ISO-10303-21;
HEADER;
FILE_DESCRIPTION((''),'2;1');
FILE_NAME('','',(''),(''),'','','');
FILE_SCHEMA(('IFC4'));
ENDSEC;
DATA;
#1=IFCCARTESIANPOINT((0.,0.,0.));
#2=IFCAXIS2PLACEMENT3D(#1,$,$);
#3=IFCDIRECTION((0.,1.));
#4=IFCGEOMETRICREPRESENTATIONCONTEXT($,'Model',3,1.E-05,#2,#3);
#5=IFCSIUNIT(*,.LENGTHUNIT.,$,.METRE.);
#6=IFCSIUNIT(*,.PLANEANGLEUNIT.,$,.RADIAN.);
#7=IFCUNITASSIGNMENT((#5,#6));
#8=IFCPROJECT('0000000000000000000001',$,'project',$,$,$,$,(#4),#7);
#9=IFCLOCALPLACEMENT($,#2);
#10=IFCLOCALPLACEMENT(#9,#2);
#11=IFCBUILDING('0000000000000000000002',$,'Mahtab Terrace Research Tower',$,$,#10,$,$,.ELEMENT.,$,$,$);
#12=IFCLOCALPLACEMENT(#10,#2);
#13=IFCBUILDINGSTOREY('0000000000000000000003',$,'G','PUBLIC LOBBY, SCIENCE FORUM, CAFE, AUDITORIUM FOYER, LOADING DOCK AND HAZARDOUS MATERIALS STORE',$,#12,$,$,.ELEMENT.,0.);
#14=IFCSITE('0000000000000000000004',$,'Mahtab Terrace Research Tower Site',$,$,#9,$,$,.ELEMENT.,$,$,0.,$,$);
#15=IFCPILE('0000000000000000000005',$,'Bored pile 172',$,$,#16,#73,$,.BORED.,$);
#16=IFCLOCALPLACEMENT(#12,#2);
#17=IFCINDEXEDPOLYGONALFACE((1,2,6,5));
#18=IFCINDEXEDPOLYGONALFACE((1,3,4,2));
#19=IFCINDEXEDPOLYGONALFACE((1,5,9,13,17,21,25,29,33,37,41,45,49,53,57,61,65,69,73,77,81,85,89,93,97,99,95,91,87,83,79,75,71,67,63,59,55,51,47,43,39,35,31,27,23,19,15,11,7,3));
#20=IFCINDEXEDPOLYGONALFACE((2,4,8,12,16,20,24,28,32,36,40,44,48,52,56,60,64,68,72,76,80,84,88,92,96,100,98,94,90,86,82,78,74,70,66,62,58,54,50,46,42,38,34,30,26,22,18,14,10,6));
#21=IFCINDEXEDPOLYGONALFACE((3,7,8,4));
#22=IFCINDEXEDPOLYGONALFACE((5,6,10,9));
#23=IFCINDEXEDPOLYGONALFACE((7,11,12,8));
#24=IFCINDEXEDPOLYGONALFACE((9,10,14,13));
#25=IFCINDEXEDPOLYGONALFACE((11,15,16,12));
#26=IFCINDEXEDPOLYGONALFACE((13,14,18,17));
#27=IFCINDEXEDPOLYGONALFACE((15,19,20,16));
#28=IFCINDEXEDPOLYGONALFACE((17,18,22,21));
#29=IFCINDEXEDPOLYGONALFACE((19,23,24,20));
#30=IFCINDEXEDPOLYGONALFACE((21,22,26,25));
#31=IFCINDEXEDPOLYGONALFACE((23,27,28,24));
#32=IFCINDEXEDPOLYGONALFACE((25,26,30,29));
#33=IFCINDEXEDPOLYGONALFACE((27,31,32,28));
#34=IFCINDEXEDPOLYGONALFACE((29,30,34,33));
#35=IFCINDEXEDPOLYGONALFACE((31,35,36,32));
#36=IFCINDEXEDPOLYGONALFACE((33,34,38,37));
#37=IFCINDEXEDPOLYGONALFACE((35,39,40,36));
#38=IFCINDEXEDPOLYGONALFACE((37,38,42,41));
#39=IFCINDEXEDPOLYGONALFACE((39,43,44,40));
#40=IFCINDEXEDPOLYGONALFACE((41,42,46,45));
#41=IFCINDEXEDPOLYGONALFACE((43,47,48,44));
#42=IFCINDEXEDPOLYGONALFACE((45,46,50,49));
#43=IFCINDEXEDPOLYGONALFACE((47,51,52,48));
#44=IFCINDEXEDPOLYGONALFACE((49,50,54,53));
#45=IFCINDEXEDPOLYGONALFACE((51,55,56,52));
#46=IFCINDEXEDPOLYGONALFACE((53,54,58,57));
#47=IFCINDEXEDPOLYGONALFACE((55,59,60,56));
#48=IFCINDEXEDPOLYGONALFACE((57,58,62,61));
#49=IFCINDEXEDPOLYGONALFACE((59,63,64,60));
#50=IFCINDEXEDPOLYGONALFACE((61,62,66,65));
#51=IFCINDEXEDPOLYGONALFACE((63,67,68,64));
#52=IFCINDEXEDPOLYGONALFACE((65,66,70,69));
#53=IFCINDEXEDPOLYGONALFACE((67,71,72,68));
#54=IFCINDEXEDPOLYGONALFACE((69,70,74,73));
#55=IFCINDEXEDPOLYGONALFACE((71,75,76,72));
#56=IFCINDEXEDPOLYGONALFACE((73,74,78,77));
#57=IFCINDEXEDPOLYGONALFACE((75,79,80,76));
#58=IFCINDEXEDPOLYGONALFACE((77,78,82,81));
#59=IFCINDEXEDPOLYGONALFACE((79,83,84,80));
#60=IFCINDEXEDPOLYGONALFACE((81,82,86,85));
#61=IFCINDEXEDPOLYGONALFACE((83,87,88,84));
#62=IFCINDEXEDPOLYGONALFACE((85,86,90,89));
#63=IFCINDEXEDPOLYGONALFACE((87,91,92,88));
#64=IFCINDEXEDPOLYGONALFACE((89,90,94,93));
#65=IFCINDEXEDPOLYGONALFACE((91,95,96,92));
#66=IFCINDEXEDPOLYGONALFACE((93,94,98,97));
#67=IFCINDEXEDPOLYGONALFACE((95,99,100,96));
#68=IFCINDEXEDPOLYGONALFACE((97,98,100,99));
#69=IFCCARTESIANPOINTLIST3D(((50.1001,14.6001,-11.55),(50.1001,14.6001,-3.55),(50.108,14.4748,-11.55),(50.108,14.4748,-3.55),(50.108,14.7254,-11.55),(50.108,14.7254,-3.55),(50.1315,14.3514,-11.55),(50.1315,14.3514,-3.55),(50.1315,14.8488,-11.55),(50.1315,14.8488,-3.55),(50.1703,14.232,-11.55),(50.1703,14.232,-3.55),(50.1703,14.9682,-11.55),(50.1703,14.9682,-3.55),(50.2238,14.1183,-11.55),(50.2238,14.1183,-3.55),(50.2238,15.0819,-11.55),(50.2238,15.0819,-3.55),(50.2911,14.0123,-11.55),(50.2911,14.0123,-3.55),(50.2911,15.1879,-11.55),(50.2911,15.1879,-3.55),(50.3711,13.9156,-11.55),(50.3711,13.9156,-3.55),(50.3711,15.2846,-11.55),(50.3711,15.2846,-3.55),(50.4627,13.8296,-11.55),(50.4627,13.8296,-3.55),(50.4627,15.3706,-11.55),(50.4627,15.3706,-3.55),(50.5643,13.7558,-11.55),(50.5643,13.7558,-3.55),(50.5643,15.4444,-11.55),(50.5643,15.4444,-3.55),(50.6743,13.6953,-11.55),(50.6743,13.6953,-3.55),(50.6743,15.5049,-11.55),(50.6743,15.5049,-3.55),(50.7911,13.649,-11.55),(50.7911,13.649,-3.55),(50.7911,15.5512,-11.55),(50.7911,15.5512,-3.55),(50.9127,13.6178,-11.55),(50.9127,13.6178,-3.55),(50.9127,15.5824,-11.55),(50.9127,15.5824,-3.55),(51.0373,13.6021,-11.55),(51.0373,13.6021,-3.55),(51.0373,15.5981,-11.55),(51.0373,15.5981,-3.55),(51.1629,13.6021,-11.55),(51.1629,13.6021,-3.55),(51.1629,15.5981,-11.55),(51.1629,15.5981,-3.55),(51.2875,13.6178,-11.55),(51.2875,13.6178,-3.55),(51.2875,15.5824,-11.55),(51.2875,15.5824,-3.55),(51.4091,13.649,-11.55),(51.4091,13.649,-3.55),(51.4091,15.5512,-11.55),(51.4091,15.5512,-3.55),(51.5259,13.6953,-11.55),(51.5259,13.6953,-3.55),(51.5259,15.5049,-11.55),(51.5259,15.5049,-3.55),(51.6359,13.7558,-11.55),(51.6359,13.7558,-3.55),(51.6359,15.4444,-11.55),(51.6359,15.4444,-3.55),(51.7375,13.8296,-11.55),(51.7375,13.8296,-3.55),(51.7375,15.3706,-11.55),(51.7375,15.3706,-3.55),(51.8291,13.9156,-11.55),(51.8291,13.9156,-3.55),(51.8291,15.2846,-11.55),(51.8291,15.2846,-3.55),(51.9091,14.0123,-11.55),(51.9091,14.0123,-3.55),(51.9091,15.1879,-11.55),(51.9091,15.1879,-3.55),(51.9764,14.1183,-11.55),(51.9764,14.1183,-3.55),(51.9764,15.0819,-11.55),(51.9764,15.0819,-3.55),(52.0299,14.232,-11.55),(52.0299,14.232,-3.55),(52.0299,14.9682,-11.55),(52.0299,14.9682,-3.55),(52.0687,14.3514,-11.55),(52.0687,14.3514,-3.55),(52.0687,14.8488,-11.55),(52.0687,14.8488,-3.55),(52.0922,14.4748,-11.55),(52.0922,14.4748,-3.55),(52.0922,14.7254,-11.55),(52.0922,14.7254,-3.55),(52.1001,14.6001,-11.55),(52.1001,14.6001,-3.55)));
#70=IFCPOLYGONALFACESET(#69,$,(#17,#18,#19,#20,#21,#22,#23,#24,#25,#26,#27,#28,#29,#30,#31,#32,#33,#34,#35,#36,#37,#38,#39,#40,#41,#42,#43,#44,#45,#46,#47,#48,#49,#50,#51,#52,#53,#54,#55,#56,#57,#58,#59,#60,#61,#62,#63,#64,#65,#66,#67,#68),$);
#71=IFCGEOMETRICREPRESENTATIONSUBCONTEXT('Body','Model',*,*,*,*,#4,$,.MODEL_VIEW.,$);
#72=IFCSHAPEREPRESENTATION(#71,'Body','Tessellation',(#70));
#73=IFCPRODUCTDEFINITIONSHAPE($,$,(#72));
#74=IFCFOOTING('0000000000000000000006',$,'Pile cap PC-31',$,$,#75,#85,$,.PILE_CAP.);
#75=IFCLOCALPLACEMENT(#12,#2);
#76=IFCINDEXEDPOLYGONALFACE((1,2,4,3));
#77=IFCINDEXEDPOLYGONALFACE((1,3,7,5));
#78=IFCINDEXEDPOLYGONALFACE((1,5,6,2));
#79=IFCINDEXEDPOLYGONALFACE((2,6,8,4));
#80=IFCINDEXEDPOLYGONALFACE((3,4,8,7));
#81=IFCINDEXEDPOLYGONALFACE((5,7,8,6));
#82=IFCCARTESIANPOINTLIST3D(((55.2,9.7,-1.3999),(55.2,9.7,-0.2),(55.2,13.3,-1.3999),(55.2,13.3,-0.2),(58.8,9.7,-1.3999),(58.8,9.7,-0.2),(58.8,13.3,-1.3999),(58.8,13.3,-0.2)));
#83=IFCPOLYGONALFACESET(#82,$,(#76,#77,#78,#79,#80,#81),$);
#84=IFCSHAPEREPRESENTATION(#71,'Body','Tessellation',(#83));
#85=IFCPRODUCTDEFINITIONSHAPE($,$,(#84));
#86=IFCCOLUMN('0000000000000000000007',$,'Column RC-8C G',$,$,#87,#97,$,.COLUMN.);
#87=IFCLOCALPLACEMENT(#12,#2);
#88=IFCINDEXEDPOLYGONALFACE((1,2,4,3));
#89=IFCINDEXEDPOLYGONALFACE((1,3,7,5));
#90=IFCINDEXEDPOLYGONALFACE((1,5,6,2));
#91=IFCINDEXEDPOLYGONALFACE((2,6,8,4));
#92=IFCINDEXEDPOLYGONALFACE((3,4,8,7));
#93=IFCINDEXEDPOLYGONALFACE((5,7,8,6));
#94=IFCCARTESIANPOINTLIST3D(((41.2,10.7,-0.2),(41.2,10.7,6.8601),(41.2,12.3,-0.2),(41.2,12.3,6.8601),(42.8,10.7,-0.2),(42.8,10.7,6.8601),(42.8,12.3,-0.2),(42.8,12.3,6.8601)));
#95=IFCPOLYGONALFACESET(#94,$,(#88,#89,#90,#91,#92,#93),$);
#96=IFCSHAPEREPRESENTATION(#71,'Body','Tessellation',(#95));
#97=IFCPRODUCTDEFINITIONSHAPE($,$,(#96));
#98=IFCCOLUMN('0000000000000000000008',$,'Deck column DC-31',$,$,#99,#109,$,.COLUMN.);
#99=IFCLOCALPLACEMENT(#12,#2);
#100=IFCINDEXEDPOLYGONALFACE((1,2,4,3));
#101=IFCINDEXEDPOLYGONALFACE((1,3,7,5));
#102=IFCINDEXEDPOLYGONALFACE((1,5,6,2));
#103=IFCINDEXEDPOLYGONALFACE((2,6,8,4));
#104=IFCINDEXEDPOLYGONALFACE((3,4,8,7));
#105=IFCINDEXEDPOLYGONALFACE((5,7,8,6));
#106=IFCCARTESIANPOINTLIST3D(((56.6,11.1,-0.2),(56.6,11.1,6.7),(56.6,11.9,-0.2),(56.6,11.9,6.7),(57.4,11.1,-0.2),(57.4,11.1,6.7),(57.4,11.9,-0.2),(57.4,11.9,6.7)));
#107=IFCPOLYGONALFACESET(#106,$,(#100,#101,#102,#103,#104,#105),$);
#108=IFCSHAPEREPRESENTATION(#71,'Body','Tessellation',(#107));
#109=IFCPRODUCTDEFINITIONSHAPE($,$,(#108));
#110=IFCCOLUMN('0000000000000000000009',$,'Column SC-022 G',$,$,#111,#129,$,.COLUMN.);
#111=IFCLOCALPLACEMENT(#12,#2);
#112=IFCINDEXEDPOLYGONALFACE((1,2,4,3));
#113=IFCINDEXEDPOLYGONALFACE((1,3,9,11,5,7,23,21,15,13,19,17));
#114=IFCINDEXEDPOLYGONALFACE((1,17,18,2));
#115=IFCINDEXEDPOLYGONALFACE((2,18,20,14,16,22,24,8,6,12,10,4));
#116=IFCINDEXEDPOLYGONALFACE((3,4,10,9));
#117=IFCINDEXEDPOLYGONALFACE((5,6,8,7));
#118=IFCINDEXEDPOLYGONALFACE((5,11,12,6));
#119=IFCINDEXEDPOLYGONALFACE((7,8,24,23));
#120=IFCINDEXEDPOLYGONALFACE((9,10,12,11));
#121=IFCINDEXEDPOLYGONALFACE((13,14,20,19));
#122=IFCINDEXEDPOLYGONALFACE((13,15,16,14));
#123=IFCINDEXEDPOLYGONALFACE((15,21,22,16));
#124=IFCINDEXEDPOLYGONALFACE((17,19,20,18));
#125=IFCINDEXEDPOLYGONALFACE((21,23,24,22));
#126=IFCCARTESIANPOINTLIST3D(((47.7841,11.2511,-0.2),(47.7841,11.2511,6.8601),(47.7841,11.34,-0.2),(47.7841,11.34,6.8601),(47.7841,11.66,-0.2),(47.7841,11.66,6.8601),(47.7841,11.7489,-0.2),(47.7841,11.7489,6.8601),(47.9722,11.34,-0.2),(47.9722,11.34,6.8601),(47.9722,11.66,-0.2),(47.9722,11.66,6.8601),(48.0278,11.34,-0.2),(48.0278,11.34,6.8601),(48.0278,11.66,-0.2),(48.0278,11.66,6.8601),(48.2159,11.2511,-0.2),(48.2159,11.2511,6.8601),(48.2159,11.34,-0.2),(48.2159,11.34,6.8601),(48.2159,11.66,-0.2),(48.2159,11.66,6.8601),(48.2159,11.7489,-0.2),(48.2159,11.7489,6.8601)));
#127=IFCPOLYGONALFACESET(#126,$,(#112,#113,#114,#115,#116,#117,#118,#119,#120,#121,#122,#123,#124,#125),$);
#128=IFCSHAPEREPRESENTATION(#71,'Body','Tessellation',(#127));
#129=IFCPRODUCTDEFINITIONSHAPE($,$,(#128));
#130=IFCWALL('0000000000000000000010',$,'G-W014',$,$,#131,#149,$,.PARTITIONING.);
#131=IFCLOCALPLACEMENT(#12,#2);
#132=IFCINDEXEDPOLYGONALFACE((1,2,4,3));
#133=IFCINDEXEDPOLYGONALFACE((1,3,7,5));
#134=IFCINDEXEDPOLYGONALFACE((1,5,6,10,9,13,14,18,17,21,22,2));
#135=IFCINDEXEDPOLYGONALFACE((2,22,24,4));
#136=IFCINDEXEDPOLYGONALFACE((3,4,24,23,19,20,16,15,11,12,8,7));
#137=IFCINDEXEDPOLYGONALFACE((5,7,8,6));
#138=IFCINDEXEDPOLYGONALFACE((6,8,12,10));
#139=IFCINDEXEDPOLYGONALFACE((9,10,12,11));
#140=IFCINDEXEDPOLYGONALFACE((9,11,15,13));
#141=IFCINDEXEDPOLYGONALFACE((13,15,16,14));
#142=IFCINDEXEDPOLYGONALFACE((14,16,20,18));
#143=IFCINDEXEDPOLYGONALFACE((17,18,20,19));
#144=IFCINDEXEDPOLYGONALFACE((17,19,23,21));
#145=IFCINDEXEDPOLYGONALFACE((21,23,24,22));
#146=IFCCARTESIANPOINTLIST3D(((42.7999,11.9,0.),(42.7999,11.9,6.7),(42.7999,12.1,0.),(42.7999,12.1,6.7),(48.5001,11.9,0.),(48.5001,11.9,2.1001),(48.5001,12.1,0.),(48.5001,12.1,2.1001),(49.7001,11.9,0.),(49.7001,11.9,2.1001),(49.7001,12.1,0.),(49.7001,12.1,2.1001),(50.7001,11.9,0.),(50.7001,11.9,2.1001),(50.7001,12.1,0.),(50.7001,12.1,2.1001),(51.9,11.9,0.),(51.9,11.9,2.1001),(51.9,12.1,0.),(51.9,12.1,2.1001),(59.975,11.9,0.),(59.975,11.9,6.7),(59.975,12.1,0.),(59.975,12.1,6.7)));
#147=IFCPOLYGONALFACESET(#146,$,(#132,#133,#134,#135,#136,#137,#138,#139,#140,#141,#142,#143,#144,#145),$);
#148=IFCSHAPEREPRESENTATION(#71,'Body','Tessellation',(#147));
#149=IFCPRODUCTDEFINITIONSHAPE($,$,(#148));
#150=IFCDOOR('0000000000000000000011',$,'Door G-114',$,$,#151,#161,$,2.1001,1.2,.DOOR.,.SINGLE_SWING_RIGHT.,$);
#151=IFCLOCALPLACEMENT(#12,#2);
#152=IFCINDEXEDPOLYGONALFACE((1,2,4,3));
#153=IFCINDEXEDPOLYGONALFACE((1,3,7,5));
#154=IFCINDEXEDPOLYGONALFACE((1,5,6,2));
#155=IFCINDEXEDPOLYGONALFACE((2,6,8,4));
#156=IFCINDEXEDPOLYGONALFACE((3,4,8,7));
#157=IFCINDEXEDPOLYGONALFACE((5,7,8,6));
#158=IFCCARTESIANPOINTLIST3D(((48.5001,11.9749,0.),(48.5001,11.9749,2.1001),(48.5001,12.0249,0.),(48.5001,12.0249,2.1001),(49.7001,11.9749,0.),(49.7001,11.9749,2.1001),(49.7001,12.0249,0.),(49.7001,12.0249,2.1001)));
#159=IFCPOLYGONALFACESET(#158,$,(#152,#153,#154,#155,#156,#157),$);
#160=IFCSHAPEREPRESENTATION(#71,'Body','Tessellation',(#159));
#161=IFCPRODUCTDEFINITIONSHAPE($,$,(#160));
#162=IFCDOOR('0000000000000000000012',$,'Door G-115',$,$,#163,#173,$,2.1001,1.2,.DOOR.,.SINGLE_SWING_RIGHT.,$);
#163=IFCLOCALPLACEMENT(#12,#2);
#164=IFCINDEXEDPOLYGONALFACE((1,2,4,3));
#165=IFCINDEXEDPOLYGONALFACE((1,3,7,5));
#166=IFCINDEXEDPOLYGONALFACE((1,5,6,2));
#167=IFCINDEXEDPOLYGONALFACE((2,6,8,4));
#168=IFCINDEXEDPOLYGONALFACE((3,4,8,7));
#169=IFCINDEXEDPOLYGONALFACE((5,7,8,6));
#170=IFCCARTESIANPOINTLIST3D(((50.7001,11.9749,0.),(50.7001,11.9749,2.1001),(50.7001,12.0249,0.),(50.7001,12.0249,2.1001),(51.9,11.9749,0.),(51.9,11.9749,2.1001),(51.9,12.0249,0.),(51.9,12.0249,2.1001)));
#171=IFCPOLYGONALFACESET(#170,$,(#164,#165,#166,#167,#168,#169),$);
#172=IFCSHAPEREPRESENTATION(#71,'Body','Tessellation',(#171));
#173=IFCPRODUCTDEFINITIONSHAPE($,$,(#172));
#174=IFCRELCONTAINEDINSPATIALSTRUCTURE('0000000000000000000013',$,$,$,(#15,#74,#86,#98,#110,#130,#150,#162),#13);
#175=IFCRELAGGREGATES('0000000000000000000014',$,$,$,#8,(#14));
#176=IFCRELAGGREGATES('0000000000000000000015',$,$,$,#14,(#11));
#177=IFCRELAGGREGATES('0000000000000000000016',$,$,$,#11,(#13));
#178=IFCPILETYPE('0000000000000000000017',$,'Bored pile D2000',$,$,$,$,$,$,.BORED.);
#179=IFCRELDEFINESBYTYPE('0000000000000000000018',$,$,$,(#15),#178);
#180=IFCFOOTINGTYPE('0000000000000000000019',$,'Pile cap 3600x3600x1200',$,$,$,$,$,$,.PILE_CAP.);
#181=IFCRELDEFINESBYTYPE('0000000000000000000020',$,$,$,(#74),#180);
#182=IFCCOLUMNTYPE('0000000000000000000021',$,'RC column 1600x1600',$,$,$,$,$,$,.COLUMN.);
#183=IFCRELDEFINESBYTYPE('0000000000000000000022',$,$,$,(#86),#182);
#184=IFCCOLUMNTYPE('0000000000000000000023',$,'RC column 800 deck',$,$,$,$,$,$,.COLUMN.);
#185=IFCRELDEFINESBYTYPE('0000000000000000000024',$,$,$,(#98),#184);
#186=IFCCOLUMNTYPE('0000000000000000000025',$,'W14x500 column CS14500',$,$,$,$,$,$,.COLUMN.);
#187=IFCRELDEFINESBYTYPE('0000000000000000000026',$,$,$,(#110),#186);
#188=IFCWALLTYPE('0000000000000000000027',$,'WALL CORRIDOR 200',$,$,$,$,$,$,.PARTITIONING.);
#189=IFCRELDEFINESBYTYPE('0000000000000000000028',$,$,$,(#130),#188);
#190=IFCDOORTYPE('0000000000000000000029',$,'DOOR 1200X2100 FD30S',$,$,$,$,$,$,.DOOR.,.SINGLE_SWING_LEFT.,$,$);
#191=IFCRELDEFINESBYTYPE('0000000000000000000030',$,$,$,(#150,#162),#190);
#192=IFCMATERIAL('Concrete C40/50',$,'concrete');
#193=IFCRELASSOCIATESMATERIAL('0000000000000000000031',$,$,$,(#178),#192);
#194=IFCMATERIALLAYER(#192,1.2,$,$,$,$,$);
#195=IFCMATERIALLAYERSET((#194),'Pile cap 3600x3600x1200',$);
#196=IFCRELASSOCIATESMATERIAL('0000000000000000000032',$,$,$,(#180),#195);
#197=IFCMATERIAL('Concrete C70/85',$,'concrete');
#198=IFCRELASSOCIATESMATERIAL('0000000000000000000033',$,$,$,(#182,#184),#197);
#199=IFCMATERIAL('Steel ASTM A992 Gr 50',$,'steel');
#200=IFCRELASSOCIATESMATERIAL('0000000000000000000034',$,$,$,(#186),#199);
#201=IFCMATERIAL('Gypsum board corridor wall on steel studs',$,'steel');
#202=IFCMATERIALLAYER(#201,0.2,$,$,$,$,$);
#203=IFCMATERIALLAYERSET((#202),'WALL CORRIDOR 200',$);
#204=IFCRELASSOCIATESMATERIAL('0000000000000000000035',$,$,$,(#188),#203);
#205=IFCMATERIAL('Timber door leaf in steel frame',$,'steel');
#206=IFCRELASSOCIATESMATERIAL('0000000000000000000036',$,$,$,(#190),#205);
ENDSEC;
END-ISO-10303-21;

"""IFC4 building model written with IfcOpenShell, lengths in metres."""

from ifc_helpers import new_model, si_unit, direction, frame, frame_2d, origin, origin_2d, place, context, subcontext, project, spatial, rectangle, circle, i_section, extrude, material, layer, layer_set, material_profile, profile_set, type_object, element, fill, save


model = new_model("IFC4")

# Units and contexts
model_context = context("Model", 3, precision=1e-05, world=origin(), true_north=direction((0.0, 1.0)))
body_context = subcontext(model_context, "Body", "Model", "MODEL_VIEW")
ifc_project = project(units=[si_unit("LENGTHUNIT", "METRE"), si_unit("PLANEANGLEUNIT", "RADIAN")], contexts=[model_context])

# Site, building, storey
site_placement = place(None, origin())
site = spatial("IfcSite", under=ifc_project, at=site_placement, Name="Mahtab Terrace Research Tower Site", CompositionType="ELEMENT", RefElevation=0.0)
building_placement = place(site_placement, origin())
building = spatial("IfcBuilding", under=site, at=building_placement, Name="Mahtab Terrace Research Tower", CompositionType="ELEMENT")
storey_placement = place(building_placement, origin())
storey = spatial("IfcBuildingStorey", under=building, at=storey_placement, Name="G", Description="PUBLIC LOBBY, SCIENCE FORUM, CAFE, AUDITORIUM FOYER, LOADING DOCK AND HAZARDOUS MATERIALS STORE", CompositionType="ELEMENT", Elevation=0.0)

# Pile
ifc_material_1 = material(Name="Concrete C40/50", Category="concrete")
ifc_material_profile_1 = material_profile(ifc_material_1, circle(Radius=1.0, at=origin_2d()), Name="Bored pile D2000")
ifc_profile_set_1 = profile_set([ifc_material_profile_1], Name="Concrete C40/50")
pile_type_1 = type_object("IfcPileType", Name="Bored pile D2000", PredefinedType="BORED", material=ifc_profile_set_1)
for number, where, z_axis, x_axis, name in (
    (1, (51.1001, 14.6001, -3.55), (0.0, 0.0, -1.0), (1.0, 0.0, 0.0), "Bored pile 172"),
):
    element("IfcPile", number, at=place(storey_placement, frame(where, z_axis=z_axis, x_axis=x_axis)), inside=storey, type_object=pile_type_1, Name=name, PredefinedType="BORED", context=body_context, shape_type="SweptSolid", body=[
        extrude(circle(Radius=1.0, at=origin_2d()), origin(), (0.0, 0.0, 1.0), 8.0),
    ])

# Footing
ifc_layer_1 = layer(ifc_material_1, 1.2)
ifc_layer_set_1 = layer_set([ifc_layer_1], Name="Pile cap 3600x3600x1200")
footing_type = type_object("IfcFootingType", Name="Pile cap 3600x3600x1200", PredefinedType="PILE_CAP", material=ifc_layer_set_1)
footing_placement = place(storey_placement, frame((57.0, 11.5, -1.3999), z_axis=(0.0, 0.0, 1.0), x_axis=(1.0, 0.0, 0.0)))
element("IfcFooting", 2, at=footing_placement, inside=storey, type_object=footing_type, Name="Pile cap PC-31", PredefinedType="PILE_CAP", context=body_context, shape_type="SweptSolid", body=[
    extrude(rectangle(XDim=3.6001, YDim=3.6001, at=origin_2d()), origin(), (0.0, 0.0, 1.0), 1.2),
])

# Columns
ifc_material_2 = material(Name="Concrete C70/85", Category="concrete")
ifc_material_profile_2 = material_profile(ifc_material_2, rectangle(XDim=1.6001, YDim=1.6001, at=origin_2d()), Name="RC column 1600x1600")
ifc_profile_set_2 = profile_set([ifc_material_profile_2], Name="Concrete C70/85")
column_type_1 = type_object("IfcColumnType", Name="RC column 1600x1600", PredefinedType="COLUMN", material=ifc_profile_set_2)
column_1_placement = place(storey_placement, frame((42.0, 11.5, -0.2), z_axis=(0.0, 0.0, 1.0), x_axis=(1.0, 0.0, 0.0)))
element("IfcColumn", 3, at=column_1_placement, inside=storey, type_object=column_type_1, Name="Column RC-8C G", PredefinedType="COLUMN", context=body_context, shape_type="SweptSolid", body=[
    extrude(rectangle(XDim=1.6001, YDim=1.6001, at=origin_2d()), origin(), (0.0, 0.0, 1.0), 7.0601),
])
ifc_material_profile_3 = material_profile(ifc_material_2, rectangle(XDim=0.8, YDim=0.8, at=origin_2d()), Name="RC column 800 deck")
ifc_profile_set_3 = profile_set([ifc_material_profile_3], Name="Concrete C70/85")
column_type_2 = type_object("IfcColumnType", Name="RC column 800 deck", PredefinedType="COLUMN", material=ifc_profile_set_3)
column_2_placement = place(storey_placement, frame((57.0, 11.5, -0.2), z_axis=(0.0, 0.0, 1.0), x_axis=(1.0, 0.0, 0.0)))
element("IfcColumn", 4, at=column_2_placement, inside=storey, type_object=column_type_2, Name="Deck column DC-31", PredefinedType="COLUMN", context=body_context, shape_type="SweptSolid", body=[
    extrude(rectangle(XDim=0.8, YDim=0.8, at=origin_2d()), origin(), (0.0, 0.0, 1.0), 6.8999),
])
ifc_material_3 = material(Name="Steel ASTM A992 Gr 50", Category="steel")
ifc_material_profile_4 = material_profile(ifc_material_3, i_section(OverallWidth=0.4319, OverallDepth=0.4978, WebThickness=0.0557, FlangeThickness=0.0889, at=origin_2d()), Name="W14X500")
ifc_profile_set_4 = profile_set([ifc_material_profile_4], Name="Steel ASTM A992 Gr 50")
column_type_3 = type_object("IfcColumnType", Name="W14x500 column CS14500", PredefinedType="COLUMN", material=ifc_profile_set_4)
column_3_placement = place(storey_placement, frame((48.0, 11.5, -0.2), z_axis=(0.0, 0.0, 1.0), x_axis=(1.0, 0.0, 0.0)))
element("IfcColumn", 5, at=column_3_placement, inside=storey, type_object=column_type_3, Name="Column SC-022 G", PredefinedType="COLUMN", context=body_context, shape_type="SweptSolid", body=[
    extrude(i_section(OverallWidth=0.4319, OverallDepth=0.4978, WebThickness=0.0557, FlangeThickness=0.0889, at=origin_2d()), origin(), (0.0, 0.0, 1.0), 7.0601),
])

# Wall, openings, doors
ifc_material_4 = material(Name="Gypsum board corridor wall on steel studs", Category="steel")
ifc_layer_2 = layer(ifc_material_4, 0.2)
ifc_layer_set_2 = layer_set([ifc_layer_2], Name="WALL CORRIDOR 200")
wall_type_1 = type_object("IfcWallType", Name="WALL CORRIDOR 200", PredefinedType="PARTITIONING", material=ifc_layer_set_2)
wall_1_placement = place(storey_placement, frame((42.8, 12.0, 0.0), z_axis=(0.0, 0.0, 1.0), x_axis=(1.0, 0.0, 0.0)))
wall_1 = element("IfcWall", 6, at=wall_1_placement, inside=storey, type_object=wall_type_1, Name="G-W014", PredefinedType="PARTITIONING", context=body_context, shape_type="SweptSolid", body=[
    extrude(rectangle(XDim=17.175, YDim=0.2, at=frame_2d((8.5874, 0.0))), origin(), (0.0, 0.0, 1.0), 6.7),
])
opening_1_placement = place(wall_1_placement, frame((5.7, 0.0, 0.0)))
opening_1 = element("IfcOpeningElement", 7, at=opening_1_placement, cuts=wall_1, PredefinedType="OPENING", context=body_context, shape_type="SweptSolid", body=[
    extrude(rectangle(XDim=1.2, YDim=2.1001, at=frame_2d((0.6001, 1.05))), frame((0.0, 0.1099, 0.0), z_axis=(0.0, -1.0, 0.0), x_axis=(1.0, 0.0, 0.0)), (0.0, 0.0, 1.0), 0.22),
])
opening_2_placement = place(wall_1_placement, frame((7.8999, 0.0, 0.0)))
opening_2 = element("IfcOpeningElement", 8, at=opening_2_placement, cuts=wall_1, PredefinedType="OPENING", context=body_context, shape_type="SweptSolid", body=[
    extrude(rectangle(XDim=1.2, YDim=2.1001, at=frame_2d((0.6001, 1.05))), frame((0.0, 0.1099, 0.0), z_axis=(0.0, -1.0, 0.0), x_axis=(1.0, 0.0, 0.0)), (0.0, 0.0, 1.0), 0.22),
])
ifc_material_5 = material(Name="Timber door leaf in steel frame", Category="steel")
door_type = type_object("IfcDoorType", Name="DOOR 1200X2100 FD30S", OperationType="SINGLE_SWING_LEFT", PredefinedType="DOOR", material=ifc_material_5)
door_1_placement = place(opening_1_placement, origin())
door_1 = element("IfcDoor", 9, at=door_1_placement, inside=storey, type_object=door_type, Name="Door G-114", OperationType="SINGLE_SWING_RIGHT", OverallHeight=2.1001, OverallWidth=1.2, PredefinedType="DOOR", context=body_context, shape_type="SweptSolid", body=[
    extrude(rectangle(XDim=1.2, YDim=2.1001, at=frame_2d((0.6001, 1.05))), frame((0.0, 0.0249, 0.0), z_axis=(0.0, -1.0, 0.0), x_axis=(1.0, 0.0, 0.0)), (0.0, 0.0, 1.0), 0.05),
])
fill(opening_1, door_1)
door_2_placement = place(opening_2_placement, origin())
door_2 = element("IfcDoor", 10, at=door_2_placement, inside=storey, type_object=door_type, Name="Door G-115", OperationType="SINGLE_SWING_RIGHT", OverallHeight=2.1001, OverallWidth=1.2, PredefinedType="DOOR", context=body_context, shape_type="SweptSolid", body=[
    extrude(rectangle(XDim=1.2, YDim=2.1001, at=frame_2d((0.6001, 1.05))), frame((0.0, 0.0249, 0.0), z_axis=(0.0, -1.0, 0.0), x_axis=(1.0, 0.0, 0.0)), (0.0, 0.0, 1.0), 0.05),
])
fill(opening_2, door_2)

save(model, "model.ifc")
